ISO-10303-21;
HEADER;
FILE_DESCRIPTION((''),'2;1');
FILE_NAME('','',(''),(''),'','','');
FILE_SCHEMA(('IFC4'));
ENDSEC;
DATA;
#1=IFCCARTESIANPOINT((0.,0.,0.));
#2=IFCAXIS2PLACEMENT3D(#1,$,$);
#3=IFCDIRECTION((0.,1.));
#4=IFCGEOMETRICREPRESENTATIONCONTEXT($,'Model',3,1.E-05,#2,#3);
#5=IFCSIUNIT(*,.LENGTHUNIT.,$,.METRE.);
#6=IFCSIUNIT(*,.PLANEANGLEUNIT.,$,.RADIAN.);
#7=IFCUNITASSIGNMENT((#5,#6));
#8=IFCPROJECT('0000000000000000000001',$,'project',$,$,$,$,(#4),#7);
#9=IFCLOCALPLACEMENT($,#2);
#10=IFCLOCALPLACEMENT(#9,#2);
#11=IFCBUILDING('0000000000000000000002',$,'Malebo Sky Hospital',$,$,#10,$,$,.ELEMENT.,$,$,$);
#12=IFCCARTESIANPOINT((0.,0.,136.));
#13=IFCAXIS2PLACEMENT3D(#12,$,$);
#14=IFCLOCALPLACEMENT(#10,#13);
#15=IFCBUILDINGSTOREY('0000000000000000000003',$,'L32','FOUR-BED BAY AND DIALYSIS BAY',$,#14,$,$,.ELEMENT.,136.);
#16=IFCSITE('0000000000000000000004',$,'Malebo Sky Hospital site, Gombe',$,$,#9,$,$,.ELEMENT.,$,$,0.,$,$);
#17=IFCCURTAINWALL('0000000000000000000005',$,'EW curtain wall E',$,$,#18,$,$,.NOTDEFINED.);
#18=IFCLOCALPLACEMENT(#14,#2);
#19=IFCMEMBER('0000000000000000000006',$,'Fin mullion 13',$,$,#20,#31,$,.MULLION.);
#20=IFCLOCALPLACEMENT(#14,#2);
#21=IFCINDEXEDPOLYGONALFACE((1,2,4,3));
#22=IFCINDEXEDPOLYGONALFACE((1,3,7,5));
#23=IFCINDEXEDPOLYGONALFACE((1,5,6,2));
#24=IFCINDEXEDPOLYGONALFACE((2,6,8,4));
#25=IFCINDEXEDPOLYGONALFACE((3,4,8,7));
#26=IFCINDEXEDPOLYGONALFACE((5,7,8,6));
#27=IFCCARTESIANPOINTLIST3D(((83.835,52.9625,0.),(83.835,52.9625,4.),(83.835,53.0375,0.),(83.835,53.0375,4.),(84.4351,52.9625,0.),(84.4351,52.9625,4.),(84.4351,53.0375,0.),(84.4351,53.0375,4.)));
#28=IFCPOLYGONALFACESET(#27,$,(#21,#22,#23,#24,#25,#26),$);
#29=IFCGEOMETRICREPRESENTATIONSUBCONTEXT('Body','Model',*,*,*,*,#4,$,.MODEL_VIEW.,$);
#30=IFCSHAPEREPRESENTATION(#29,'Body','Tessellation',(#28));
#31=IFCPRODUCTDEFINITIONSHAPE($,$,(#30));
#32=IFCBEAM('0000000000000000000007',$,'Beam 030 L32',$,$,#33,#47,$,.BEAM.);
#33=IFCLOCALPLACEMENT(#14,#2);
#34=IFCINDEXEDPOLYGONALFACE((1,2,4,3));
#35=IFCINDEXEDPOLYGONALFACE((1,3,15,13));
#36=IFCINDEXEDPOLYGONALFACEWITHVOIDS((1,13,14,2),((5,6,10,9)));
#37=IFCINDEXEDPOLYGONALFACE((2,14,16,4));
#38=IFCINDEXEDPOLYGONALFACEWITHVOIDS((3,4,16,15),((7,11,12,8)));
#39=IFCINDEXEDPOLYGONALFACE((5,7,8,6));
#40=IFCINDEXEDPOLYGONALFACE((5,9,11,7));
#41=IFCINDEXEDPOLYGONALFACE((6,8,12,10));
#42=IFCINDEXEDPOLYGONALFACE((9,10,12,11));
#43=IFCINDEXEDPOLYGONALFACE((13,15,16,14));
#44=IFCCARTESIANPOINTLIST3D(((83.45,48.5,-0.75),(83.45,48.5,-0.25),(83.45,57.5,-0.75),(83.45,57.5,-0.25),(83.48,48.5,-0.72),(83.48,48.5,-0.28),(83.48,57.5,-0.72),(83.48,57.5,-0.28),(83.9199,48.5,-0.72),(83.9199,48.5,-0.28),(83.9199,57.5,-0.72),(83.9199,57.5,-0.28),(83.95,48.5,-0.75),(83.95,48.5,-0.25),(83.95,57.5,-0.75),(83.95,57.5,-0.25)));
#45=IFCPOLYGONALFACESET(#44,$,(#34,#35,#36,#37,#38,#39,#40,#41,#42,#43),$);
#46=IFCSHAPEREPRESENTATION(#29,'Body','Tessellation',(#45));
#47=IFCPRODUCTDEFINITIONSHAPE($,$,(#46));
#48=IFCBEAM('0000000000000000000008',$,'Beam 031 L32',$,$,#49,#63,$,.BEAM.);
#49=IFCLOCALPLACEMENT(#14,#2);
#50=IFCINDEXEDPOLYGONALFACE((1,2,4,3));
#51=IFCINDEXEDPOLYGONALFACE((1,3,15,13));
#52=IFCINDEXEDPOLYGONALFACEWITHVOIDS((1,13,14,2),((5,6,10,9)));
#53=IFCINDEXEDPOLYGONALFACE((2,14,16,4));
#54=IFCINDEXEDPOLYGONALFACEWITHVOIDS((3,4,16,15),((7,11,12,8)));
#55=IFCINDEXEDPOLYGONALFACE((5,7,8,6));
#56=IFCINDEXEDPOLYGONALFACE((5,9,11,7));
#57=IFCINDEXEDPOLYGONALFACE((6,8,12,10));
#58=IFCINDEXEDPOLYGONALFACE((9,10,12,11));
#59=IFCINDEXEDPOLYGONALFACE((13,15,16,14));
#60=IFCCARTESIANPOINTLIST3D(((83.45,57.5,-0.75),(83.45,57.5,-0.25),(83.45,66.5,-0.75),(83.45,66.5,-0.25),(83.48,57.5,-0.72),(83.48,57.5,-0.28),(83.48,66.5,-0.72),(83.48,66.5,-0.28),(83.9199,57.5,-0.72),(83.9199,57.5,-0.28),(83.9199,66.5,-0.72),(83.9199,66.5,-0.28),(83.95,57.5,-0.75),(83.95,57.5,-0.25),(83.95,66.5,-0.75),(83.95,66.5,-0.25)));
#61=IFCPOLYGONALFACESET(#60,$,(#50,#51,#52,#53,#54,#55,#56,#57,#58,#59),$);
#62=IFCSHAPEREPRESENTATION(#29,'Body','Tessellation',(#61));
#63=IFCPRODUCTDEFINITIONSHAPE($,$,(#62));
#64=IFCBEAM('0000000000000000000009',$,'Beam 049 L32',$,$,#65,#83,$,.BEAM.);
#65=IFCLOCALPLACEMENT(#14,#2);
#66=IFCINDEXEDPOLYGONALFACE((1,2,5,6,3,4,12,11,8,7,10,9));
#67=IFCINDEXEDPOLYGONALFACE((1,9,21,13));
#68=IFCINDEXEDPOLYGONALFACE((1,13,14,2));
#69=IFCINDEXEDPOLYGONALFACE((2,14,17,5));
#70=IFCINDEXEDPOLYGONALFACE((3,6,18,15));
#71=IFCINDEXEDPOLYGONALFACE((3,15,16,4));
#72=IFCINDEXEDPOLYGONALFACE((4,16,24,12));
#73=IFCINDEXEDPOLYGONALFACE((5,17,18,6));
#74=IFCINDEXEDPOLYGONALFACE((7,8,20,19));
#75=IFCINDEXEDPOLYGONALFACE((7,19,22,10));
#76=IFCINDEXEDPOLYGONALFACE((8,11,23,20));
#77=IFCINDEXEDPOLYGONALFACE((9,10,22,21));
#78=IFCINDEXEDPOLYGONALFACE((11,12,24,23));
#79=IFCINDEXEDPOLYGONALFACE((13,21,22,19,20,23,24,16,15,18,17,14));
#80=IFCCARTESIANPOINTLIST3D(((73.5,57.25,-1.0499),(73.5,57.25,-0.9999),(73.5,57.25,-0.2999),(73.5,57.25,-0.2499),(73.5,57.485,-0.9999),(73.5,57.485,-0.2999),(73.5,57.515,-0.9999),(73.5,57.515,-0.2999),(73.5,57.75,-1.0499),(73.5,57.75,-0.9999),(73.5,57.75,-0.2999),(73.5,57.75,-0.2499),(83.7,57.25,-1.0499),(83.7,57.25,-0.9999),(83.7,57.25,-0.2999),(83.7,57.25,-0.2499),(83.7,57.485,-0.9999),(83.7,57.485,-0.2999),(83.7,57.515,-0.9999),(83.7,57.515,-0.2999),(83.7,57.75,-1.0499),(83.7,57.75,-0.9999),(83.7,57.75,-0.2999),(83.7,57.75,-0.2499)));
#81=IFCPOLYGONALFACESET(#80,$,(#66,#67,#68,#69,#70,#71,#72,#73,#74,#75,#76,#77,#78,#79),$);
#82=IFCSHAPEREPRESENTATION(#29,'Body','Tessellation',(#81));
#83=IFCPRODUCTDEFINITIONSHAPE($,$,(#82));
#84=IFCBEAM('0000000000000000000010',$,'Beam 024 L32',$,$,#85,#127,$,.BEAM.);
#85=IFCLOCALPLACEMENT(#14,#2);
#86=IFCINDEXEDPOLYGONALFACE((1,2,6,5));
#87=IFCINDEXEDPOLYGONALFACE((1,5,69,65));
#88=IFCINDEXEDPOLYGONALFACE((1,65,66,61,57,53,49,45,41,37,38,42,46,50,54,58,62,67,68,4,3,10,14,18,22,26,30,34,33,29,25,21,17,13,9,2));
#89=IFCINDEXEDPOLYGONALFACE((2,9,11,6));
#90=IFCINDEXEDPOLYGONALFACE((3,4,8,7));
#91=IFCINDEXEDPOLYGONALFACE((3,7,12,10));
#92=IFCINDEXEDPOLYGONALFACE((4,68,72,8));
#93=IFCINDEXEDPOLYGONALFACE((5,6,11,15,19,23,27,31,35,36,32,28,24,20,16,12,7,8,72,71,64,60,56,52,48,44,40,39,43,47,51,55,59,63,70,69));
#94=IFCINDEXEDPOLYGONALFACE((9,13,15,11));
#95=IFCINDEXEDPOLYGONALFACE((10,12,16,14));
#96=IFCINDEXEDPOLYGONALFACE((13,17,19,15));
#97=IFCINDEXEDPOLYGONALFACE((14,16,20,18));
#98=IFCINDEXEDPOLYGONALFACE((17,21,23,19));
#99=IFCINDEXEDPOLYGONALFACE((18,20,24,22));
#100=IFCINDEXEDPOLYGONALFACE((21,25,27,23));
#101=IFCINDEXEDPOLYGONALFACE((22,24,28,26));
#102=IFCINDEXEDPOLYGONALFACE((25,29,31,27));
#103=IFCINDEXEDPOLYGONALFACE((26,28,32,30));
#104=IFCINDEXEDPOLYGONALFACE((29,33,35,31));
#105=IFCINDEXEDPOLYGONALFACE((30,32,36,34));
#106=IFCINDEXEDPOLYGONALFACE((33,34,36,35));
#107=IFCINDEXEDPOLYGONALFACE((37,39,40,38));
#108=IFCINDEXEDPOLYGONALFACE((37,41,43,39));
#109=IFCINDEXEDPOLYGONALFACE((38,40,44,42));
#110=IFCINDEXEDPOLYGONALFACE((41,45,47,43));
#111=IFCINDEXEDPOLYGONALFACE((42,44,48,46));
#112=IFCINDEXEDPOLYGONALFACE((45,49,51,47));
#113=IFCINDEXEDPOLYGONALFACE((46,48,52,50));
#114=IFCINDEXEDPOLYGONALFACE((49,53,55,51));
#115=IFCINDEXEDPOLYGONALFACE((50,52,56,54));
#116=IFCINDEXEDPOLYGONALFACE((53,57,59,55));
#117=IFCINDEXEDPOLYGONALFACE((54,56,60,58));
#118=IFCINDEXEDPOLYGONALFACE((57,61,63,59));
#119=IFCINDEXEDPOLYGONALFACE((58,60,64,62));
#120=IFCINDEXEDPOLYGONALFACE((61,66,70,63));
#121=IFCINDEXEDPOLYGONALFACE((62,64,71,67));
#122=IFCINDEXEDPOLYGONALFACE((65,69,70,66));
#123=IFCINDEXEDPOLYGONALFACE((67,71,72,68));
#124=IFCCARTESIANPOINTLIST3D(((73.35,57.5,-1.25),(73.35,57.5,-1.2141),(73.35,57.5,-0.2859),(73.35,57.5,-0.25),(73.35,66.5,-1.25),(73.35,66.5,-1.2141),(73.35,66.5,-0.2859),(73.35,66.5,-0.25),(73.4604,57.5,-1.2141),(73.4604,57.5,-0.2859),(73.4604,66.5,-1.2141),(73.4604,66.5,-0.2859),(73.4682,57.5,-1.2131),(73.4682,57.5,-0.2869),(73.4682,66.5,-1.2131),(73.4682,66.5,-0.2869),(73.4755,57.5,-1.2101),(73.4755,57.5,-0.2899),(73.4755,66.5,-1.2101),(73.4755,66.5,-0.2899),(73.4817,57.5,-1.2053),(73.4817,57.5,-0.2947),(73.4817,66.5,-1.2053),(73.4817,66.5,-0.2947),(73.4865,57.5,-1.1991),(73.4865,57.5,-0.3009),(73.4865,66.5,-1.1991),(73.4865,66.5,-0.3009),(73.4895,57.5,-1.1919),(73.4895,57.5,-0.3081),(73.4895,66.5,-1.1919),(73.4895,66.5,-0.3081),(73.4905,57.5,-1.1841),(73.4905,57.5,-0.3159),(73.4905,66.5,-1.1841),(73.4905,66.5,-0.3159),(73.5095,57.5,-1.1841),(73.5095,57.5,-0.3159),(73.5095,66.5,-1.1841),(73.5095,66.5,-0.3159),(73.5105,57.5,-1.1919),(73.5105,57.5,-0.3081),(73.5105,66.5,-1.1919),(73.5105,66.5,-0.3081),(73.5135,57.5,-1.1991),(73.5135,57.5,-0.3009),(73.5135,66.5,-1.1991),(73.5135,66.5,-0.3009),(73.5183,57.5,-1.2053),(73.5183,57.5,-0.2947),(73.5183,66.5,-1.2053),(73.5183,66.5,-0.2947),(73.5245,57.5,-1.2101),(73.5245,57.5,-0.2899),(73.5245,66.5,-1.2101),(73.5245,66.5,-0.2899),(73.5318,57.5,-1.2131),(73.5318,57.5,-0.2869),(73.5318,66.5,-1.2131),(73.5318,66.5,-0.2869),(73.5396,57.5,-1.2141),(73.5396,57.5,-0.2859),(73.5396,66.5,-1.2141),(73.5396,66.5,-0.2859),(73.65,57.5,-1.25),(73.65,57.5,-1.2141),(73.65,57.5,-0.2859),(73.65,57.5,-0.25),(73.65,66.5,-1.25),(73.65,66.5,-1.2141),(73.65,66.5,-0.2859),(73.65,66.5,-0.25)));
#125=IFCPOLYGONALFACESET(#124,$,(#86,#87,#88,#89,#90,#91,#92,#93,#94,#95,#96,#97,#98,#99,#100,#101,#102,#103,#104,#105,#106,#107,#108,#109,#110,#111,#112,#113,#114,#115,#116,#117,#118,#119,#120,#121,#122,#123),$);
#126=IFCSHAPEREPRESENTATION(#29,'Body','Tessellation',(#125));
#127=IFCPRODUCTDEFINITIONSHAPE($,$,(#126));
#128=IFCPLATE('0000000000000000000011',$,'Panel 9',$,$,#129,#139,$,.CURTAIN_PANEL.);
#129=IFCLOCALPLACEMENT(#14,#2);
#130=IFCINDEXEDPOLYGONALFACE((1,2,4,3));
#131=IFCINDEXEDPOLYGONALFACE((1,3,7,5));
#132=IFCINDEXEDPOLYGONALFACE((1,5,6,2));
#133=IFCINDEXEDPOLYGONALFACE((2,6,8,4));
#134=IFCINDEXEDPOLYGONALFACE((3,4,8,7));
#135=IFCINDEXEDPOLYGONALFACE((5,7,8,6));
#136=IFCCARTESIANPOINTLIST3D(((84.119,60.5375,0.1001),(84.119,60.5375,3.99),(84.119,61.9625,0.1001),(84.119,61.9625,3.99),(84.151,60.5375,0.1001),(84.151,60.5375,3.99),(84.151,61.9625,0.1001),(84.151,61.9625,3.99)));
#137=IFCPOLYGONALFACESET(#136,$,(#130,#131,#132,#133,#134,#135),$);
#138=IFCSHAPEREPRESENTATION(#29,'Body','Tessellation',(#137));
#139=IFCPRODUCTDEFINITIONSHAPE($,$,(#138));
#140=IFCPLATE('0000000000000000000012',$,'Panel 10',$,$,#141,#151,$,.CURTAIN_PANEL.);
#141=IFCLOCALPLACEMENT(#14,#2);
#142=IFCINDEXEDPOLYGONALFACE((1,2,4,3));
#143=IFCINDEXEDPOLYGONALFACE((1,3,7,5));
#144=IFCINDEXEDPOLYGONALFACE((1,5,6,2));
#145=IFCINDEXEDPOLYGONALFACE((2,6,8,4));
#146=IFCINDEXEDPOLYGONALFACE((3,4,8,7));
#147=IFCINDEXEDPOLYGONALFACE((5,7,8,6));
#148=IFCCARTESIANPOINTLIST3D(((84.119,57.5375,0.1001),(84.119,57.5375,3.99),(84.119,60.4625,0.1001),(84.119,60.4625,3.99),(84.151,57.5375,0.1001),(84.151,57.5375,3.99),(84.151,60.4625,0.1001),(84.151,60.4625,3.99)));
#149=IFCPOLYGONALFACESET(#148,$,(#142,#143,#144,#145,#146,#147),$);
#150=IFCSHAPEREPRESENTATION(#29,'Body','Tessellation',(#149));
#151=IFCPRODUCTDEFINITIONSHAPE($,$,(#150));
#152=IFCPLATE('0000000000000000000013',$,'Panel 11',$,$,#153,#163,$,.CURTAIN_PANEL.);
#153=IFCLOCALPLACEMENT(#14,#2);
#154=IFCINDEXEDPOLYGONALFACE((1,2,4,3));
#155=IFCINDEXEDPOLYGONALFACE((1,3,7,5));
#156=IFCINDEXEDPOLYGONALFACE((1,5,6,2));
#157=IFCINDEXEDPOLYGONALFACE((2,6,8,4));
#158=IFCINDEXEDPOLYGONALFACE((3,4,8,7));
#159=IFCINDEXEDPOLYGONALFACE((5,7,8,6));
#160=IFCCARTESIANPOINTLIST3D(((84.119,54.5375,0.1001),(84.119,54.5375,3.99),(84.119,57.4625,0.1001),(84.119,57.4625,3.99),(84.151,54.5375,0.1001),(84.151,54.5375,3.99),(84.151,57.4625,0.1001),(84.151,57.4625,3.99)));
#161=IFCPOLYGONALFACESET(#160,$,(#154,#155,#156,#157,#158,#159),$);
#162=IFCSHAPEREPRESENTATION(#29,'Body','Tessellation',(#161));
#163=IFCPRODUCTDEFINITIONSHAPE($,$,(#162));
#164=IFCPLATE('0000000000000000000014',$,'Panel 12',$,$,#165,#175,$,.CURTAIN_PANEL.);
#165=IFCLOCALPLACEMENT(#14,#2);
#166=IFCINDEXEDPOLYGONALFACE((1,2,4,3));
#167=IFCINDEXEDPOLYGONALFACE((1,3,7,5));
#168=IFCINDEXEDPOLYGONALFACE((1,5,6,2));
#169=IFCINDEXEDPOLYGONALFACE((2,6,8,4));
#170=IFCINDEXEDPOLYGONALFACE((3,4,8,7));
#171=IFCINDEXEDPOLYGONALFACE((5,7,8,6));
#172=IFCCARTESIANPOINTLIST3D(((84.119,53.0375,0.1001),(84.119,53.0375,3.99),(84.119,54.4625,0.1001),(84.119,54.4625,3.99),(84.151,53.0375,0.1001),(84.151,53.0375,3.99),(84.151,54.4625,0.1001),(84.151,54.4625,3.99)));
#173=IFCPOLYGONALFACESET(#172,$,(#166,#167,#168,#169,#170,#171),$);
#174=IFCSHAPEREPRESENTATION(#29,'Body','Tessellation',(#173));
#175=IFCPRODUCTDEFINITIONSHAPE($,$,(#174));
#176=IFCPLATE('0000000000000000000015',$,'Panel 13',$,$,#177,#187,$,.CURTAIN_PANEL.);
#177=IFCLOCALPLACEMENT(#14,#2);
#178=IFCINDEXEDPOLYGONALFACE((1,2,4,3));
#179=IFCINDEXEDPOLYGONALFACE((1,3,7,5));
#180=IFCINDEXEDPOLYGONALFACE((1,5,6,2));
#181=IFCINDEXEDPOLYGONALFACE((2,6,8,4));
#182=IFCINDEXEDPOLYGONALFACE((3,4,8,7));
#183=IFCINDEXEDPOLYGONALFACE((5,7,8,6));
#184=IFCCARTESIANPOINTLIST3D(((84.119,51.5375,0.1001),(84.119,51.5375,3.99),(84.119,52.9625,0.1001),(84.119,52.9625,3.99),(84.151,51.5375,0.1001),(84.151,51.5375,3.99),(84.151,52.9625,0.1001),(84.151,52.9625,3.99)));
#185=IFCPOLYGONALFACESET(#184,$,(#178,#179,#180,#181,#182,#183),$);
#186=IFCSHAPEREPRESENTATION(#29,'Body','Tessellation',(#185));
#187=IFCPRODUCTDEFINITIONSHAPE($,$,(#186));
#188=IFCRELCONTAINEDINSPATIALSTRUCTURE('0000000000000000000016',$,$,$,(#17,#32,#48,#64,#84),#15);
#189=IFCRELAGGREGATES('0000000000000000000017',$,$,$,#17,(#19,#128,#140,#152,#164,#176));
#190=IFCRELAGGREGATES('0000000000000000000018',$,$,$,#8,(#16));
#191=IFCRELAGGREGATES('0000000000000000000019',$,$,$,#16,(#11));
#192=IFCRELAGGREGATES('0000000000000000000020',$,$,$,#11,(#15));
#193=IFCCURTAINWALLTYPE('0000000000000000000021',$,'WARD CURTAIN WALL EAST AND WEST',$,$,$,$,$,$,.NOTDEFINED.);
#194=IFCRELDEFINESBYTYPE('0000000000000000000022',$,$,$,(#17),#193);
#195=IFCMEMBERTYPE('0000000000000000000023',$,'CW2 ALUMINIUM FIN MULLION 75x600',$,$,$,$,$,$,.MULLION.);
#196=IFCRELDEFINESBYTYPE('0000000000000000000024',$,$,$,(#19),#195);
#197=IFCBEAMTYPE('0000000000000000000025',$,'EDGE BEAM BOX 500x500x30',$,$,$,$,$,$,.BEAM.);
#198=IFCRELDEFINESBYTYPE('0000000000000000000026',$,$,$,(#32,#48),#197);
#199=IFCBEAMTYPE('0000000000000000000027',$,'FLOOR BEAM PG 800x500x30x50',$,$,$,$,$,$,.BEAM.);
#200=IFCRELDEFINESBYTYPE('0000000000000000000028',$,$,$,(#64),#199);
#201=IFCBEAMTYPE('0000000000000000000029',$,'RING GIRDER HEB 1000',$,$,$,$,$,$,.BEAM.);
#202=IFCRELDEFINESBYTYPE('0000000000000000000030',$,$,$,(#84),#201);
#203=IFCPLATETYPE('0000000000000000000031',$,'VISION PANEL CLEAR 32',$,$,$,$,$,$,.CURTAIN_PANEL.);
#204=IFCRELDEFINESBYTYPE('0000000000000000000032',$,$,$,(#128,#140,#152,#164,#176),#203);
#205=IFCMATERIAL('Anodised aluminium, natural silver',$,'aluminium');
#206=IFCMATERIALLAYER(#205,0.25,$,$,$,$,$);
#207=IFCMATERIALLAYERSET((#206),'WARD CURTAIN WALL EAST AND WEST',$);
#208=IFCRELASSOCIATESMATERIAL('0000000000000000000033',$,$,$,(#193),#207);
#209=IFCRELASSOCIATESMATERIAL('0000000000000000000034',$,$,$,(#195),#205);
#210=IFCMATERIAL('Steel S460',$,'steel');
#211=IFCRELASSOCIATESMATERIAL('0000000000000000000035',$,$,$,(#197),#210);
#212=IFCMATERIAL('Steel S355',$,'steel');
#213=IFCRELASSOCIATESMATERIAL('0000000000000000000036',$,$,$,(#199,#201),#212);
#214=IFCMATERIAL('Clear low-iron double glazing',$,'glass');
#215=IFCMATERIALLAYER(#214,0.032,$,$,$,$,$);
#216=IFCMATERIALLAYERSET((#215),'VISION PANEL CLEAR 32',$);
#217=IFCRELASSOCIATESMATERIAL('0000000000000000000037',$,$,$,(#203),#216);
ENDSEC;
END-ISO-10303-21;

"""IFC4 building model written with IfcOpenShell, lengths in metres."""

from ifc_helpers import new_model, si_unit, direction, frame, origin, origin_2d, place, context, subcontext, project, spatial, rectangle, hollow_rectangle, i_section, extrude, material, layer, layer_set, material_profile, profile_set, type_object, element, aggregate, save


model = new_model("IFC4")

# Units and contexts
model_context = context("Model", 3, precision=1e-05, world=origin(), true_north=direction((0.0, 1.0)))
body_context = subcontext(model_context, "Body", "Model", "MODEL_VIEW")
ifc_project = project(units=[si_unit("LENGTHUNIT", "METRE"), si_unit("PLANEANGLEUNIT", "RADIAN")], contexts=[model_context])

# Site, building, storey
site_placement = place(None, origin())
site = spatial("IfcSite", under=ifc_project, at=site_placement, Name="Malebo Sky Hospital site, Gombe", CompositionType="ELEMENT", RefElevation=0.0)
building_placement = place(site_placement, origin())
building = spatial("IfcBuilding", under=site, at=building_placement, Name="Malebo Sky Hospital", CompositionType="ELEMENT")
storey_placement = place(building_placement, frame((0.0, 0.0, 136.0)))
storey = spatial("IfcBuildingStorey", under=building, at=storey_placement, Name="L32", Description="FOUR-BED BAY AND DIALYSIS BAY", CompositionType="ELEMENT", Elevation=136.0)

# Shared definitions
ifc_material_1 = material(Name="Steel S460", Category="steel")

# Curtain wall, member
ifc_material_2 = material(Name="Anodised aluminium, natural silver", Category="aluminium")
ifc_layer_1 = layer(ifc_material_2, 0.25)
ifc_layer_set_1 = layer_set([ifc_layer_1], Name="WARD CURTAIN WALL EAST AND WEST")
curtain_wall_type = type_object("IfcCurtainWallType", Name="WARD CURTAIN WALL EAST AND WEST", PredefinedType="NOTDEFINED", material=ifc_layer_set_1)
curtain_wall_placement = place(storey_placement, origin())
curtain_wall = element("IfcCurtainWall", 1, at=curtain_wall_placement, inside=storey, type_object=curtain_wall_type, Name="EW curtain wall E", PredefinedType="NOTDEFINED")
ifc_material_profile_1 = material_profile(ifc_material_2, rectangle(XDim=0.075, YDim=0.6001, at=origin_2d()), Name="CW2 ALUMINIUM FIN MULLION 75x600")
ifc_profile_set_1 = profile_set([ifc_material_profile_1], Name="Anodised aluminium, natural silver")
member_type_1 = type_object("IfcMemberType", Name="CW2 ALUMINIUM FIN MULLION 75x600", PredefinedType="MULLION", material=ifc_profile_set_1)
member_1_placement = place(storey_placement, frame((84.135, 53.0, 0.0), z_axis=(0.0, 0.0, 1.0), x_axis=(0.0, -1.0, 0.0)))
member_1 = element("IfcMember", 2, at=member_1_placement, type_object=member_type_1, Name="Fin mullion 13", PredefinedType="MULLION", context=body_context, shape_type="SweptSolid", body=[
    extrude(rectangle(XDim=0.075, YDim=0.6001, at=origin_2d()), origin(), (0.0, 0.0, 1.0), 4.0),
])

# Beams
ifc_material_profile_2 = material_profile(ifc_material_1, hollow_rectangle(XDim=0.5, YDim=0.5, WallThickness=0.03, at=origin_2d()), Name="BOX 500x500x30")
ifc_profile_set_2 = profile_set([ifc_material_profile_2], Name="Steel S460")
beam_type_1 = type_object("IfcBeamType", Name="EDGE BEAM BOX 500x500x30", PredefinedType="BEAM", material=ifc_profile_set_2)
for number, where, z_axis, x_axis, name in (
    (3, (83.7, 48.5, -0.5), (0.0, 1.0, 0.0), (-1.0, 0.0, 0.0), "Beam 030 L32"),
    (4, (83.7, 57.5, -0.5), (0.0, 1.0, 0.0), (-1.0, 0.0, 0.0), "Beam 031 L32"),
):
    element("IfcBeam", number, at=place(storey_placement, frame(where, z_axis=z_axis, x_axis=x_axis)), inside=storey, type_object=beam_type_1, Name=name, PredefinedType="BEAM", context=body_context, shape_type="SweptSolid", body=[
        extrude(hollow_rectangle(XDim=0.5, YDim=0.5, WallThickness=0.03, at=origin_2d()), origin(), (0.0, 0.0, 1.0), 9.0),
    ])
ifc_material_3 = material(Name="Steel S355", Category="steel")
ifc_material_profile_3 = material_profile(ifc_material_3, i_section(OverallWidth=0.5, OverallDepth=0.8, WebThickness=0.03, FlangeThickness=0.05, at=origin_2d()), Name="PG 800x500x30x50")
ifc_profile_set_3 = profile_set([ifc_material_profile_3], Name="Steel S355")
beam_type_2 = type_object("IfcBeamType", Name="FLOOR BEAM PG 800x500x30x50", PredefinedType="BEAM", material=ifc_profile_set_3)
beam_1_placement = place(storey_placement, frame((73.5, 57.5, -0.6499), z_axis=(1.0, 0.0, 0.0), x_axis=(0.0, 1.0, 0.0)))
element("IfcBeam", 5, at=beam_1_placement, inside=storey, type_object=beam_type_2, Name="Beam 049 L32", PredefinedType="BEAM", context=body_context, shape_type="SweptSolid", body=[
    extrude(i_section(OverallWidth=0.5, OverallDepth=0.8, WebThickness=0.03, FlangeThickness=0.05, at=origin_2d()), origin(), (0.0, 0.0, 1.0), 10.2),
])
ifc_material_profile_4 = material_profile(ifc_material_3, i_section(OverallWidth=0.3, OverallDepth=1.0, WebThickness=0.019, FlangeThickness=0.0359, FilletRadius=0.03, at=origin_2d()), Name="HEB 1000")
ifc_profile_set_4 = profile_set([ifc_material_profile_4], Name="Steel S355")
beam_type_3 = type_object("IfcBeamType", Name="RING GIRDER HEB 1000", PredefinedType="BEAM", material=ifc_profile_set_4)
beam_2_placement = place(storey_placement, frame((73.5, 57.5, -0.75), z_axis=(0.0, 1.0, 0.0), x_axis=(-1.0, 0.0, 0.0)))
element("IfcBeam", 6, at=beam_2_placement, inside=storey, type_object=beam_type_3, Name="Beam 024 L32", PredefinedType="BEAM", context=body_context, shape_type="SweptSolid", body=[
    extrude(i_section(OverallWidth=0.3, OverallDepth=1.0, WebThickness=0.019, FlangeThickness=0.0359, FilletRadius=0.03, at=origin_2d()), origin(), (0.0, 0.0, 1.0), 9.0),
])

# Plates
ifc_material_4 = material(Name="Clear low-iron double glazing", Category="glass")
ifc_layer_2 = layer(ifc_material_4, 0.032)
ifc_layer_set_2 = layer_set([ifc_layer_2], Name="VISION PANEL CLEAR 32")
plate_type = type_object("IfcPlateType", Name="VISION PANEL CLEAR 32", PredefinedType="CURTAIN_PANEL", material=ifc_layer_set_2)
plate_1_placement = place(storey_placement, frame((84.135, 61.25, 0.1001), z_axis=(0.0, 0.0, 1.0), x_axis=(0.0, -1.0, 0.0)))
plate_1 = element("IfcPlate", 7, at=plate_1_placement, type_object=plate_type, Name="Panel 9", PredefinedType="CURTAIN_PANEL", context=body_context, shape_type="SweptSolid", body=[
    extrude(rectangle(XDim=1.425, YDim=0.032, at=origin_2d()), origin(), (0.0, 0.0, 1.0), 3.8899),
])
plate_2_placement = place(storey_placement, frame((84.135, 59.0, 0.1001), z_axis=(0.0, 0.0, 1.0), x_axis=(0.0, -1.0, 0.0)))
plate_2 = element("IfcPlate", 8, at=plate_2_placement, type_object=plate_type, Name="Panel 10", PredefinedType="CURTAIN_PANEL", context=body_context, shape_type="SweptSolid", body=[
    extrude(rectangle(XDim=2.925, YDim=0.032, at=origin_2d()), origin(), (0.0, 0.0, 1.0), 3.8899),
])
plate_3_placement = place(storey_placement, frame((84.135, 56.0, 0.1001), z_axis=(0.0, 0.0, 1.0), x_axis=(0.0, -1.0, 0.0)))
plate_3 = element("IfcPlate", 9, at=plate_3_placement, type_object=plate_type, Name="Panel 11", PredefinedType="CURTAIN_PANEL", context=body_context, shape_type="SweptSolid", body=[
    extrude(rectangle(XDim=2.925, YDim=0.032, at=origin_2d()), origin(), (0.0, 0.0, 1.0), 3.8899),
])
plate_4_placement = place(storey_placement, frame((84.135, 53.75, 0.1001), z_axis=(0.0, 0.0, 1.0), x_axis=(0.0, -1.0, 0.0)))
plate_4 = element("IfcPlate", 10, at=plate_4_placement, type_object=plate_type, Name="Panel 12", PredefinedType="CURTAIN_PANEL", context=body_context, shape_type="SweptSolid", body=[
    extrude(rectangle(XDim=1.425, YDim=0.032, at=origin_2d()), origin(), (0.0, 0.0, 1.0), 3.8899),
])
plate_5_placement = place(storey_placement, frame((84.135, 52.25, 0.1001), z_axis=(0.0, 0.0, 1.0), x_axis=(0.0, -1.0, 0.0)))
plate_5 = element("IfcPlate", 11, at=plate_5_placement, type_object=plate_type, Name="Panel 13", PredefinedType="CURTAIN_PANEL", context=body_context, shape_type="SweptSolid", body=[
    extrude(rectangle(XDim=1.425, YDim=0.032, at=origin_2d()), origin(), (0.0, 0.0, 1.0), 3.8899),
])
aggregate(curtain_wall, [member_1, plate_1, plate_2, plate_3, plate_4, plate_5])

save(model, "model.ifc")
